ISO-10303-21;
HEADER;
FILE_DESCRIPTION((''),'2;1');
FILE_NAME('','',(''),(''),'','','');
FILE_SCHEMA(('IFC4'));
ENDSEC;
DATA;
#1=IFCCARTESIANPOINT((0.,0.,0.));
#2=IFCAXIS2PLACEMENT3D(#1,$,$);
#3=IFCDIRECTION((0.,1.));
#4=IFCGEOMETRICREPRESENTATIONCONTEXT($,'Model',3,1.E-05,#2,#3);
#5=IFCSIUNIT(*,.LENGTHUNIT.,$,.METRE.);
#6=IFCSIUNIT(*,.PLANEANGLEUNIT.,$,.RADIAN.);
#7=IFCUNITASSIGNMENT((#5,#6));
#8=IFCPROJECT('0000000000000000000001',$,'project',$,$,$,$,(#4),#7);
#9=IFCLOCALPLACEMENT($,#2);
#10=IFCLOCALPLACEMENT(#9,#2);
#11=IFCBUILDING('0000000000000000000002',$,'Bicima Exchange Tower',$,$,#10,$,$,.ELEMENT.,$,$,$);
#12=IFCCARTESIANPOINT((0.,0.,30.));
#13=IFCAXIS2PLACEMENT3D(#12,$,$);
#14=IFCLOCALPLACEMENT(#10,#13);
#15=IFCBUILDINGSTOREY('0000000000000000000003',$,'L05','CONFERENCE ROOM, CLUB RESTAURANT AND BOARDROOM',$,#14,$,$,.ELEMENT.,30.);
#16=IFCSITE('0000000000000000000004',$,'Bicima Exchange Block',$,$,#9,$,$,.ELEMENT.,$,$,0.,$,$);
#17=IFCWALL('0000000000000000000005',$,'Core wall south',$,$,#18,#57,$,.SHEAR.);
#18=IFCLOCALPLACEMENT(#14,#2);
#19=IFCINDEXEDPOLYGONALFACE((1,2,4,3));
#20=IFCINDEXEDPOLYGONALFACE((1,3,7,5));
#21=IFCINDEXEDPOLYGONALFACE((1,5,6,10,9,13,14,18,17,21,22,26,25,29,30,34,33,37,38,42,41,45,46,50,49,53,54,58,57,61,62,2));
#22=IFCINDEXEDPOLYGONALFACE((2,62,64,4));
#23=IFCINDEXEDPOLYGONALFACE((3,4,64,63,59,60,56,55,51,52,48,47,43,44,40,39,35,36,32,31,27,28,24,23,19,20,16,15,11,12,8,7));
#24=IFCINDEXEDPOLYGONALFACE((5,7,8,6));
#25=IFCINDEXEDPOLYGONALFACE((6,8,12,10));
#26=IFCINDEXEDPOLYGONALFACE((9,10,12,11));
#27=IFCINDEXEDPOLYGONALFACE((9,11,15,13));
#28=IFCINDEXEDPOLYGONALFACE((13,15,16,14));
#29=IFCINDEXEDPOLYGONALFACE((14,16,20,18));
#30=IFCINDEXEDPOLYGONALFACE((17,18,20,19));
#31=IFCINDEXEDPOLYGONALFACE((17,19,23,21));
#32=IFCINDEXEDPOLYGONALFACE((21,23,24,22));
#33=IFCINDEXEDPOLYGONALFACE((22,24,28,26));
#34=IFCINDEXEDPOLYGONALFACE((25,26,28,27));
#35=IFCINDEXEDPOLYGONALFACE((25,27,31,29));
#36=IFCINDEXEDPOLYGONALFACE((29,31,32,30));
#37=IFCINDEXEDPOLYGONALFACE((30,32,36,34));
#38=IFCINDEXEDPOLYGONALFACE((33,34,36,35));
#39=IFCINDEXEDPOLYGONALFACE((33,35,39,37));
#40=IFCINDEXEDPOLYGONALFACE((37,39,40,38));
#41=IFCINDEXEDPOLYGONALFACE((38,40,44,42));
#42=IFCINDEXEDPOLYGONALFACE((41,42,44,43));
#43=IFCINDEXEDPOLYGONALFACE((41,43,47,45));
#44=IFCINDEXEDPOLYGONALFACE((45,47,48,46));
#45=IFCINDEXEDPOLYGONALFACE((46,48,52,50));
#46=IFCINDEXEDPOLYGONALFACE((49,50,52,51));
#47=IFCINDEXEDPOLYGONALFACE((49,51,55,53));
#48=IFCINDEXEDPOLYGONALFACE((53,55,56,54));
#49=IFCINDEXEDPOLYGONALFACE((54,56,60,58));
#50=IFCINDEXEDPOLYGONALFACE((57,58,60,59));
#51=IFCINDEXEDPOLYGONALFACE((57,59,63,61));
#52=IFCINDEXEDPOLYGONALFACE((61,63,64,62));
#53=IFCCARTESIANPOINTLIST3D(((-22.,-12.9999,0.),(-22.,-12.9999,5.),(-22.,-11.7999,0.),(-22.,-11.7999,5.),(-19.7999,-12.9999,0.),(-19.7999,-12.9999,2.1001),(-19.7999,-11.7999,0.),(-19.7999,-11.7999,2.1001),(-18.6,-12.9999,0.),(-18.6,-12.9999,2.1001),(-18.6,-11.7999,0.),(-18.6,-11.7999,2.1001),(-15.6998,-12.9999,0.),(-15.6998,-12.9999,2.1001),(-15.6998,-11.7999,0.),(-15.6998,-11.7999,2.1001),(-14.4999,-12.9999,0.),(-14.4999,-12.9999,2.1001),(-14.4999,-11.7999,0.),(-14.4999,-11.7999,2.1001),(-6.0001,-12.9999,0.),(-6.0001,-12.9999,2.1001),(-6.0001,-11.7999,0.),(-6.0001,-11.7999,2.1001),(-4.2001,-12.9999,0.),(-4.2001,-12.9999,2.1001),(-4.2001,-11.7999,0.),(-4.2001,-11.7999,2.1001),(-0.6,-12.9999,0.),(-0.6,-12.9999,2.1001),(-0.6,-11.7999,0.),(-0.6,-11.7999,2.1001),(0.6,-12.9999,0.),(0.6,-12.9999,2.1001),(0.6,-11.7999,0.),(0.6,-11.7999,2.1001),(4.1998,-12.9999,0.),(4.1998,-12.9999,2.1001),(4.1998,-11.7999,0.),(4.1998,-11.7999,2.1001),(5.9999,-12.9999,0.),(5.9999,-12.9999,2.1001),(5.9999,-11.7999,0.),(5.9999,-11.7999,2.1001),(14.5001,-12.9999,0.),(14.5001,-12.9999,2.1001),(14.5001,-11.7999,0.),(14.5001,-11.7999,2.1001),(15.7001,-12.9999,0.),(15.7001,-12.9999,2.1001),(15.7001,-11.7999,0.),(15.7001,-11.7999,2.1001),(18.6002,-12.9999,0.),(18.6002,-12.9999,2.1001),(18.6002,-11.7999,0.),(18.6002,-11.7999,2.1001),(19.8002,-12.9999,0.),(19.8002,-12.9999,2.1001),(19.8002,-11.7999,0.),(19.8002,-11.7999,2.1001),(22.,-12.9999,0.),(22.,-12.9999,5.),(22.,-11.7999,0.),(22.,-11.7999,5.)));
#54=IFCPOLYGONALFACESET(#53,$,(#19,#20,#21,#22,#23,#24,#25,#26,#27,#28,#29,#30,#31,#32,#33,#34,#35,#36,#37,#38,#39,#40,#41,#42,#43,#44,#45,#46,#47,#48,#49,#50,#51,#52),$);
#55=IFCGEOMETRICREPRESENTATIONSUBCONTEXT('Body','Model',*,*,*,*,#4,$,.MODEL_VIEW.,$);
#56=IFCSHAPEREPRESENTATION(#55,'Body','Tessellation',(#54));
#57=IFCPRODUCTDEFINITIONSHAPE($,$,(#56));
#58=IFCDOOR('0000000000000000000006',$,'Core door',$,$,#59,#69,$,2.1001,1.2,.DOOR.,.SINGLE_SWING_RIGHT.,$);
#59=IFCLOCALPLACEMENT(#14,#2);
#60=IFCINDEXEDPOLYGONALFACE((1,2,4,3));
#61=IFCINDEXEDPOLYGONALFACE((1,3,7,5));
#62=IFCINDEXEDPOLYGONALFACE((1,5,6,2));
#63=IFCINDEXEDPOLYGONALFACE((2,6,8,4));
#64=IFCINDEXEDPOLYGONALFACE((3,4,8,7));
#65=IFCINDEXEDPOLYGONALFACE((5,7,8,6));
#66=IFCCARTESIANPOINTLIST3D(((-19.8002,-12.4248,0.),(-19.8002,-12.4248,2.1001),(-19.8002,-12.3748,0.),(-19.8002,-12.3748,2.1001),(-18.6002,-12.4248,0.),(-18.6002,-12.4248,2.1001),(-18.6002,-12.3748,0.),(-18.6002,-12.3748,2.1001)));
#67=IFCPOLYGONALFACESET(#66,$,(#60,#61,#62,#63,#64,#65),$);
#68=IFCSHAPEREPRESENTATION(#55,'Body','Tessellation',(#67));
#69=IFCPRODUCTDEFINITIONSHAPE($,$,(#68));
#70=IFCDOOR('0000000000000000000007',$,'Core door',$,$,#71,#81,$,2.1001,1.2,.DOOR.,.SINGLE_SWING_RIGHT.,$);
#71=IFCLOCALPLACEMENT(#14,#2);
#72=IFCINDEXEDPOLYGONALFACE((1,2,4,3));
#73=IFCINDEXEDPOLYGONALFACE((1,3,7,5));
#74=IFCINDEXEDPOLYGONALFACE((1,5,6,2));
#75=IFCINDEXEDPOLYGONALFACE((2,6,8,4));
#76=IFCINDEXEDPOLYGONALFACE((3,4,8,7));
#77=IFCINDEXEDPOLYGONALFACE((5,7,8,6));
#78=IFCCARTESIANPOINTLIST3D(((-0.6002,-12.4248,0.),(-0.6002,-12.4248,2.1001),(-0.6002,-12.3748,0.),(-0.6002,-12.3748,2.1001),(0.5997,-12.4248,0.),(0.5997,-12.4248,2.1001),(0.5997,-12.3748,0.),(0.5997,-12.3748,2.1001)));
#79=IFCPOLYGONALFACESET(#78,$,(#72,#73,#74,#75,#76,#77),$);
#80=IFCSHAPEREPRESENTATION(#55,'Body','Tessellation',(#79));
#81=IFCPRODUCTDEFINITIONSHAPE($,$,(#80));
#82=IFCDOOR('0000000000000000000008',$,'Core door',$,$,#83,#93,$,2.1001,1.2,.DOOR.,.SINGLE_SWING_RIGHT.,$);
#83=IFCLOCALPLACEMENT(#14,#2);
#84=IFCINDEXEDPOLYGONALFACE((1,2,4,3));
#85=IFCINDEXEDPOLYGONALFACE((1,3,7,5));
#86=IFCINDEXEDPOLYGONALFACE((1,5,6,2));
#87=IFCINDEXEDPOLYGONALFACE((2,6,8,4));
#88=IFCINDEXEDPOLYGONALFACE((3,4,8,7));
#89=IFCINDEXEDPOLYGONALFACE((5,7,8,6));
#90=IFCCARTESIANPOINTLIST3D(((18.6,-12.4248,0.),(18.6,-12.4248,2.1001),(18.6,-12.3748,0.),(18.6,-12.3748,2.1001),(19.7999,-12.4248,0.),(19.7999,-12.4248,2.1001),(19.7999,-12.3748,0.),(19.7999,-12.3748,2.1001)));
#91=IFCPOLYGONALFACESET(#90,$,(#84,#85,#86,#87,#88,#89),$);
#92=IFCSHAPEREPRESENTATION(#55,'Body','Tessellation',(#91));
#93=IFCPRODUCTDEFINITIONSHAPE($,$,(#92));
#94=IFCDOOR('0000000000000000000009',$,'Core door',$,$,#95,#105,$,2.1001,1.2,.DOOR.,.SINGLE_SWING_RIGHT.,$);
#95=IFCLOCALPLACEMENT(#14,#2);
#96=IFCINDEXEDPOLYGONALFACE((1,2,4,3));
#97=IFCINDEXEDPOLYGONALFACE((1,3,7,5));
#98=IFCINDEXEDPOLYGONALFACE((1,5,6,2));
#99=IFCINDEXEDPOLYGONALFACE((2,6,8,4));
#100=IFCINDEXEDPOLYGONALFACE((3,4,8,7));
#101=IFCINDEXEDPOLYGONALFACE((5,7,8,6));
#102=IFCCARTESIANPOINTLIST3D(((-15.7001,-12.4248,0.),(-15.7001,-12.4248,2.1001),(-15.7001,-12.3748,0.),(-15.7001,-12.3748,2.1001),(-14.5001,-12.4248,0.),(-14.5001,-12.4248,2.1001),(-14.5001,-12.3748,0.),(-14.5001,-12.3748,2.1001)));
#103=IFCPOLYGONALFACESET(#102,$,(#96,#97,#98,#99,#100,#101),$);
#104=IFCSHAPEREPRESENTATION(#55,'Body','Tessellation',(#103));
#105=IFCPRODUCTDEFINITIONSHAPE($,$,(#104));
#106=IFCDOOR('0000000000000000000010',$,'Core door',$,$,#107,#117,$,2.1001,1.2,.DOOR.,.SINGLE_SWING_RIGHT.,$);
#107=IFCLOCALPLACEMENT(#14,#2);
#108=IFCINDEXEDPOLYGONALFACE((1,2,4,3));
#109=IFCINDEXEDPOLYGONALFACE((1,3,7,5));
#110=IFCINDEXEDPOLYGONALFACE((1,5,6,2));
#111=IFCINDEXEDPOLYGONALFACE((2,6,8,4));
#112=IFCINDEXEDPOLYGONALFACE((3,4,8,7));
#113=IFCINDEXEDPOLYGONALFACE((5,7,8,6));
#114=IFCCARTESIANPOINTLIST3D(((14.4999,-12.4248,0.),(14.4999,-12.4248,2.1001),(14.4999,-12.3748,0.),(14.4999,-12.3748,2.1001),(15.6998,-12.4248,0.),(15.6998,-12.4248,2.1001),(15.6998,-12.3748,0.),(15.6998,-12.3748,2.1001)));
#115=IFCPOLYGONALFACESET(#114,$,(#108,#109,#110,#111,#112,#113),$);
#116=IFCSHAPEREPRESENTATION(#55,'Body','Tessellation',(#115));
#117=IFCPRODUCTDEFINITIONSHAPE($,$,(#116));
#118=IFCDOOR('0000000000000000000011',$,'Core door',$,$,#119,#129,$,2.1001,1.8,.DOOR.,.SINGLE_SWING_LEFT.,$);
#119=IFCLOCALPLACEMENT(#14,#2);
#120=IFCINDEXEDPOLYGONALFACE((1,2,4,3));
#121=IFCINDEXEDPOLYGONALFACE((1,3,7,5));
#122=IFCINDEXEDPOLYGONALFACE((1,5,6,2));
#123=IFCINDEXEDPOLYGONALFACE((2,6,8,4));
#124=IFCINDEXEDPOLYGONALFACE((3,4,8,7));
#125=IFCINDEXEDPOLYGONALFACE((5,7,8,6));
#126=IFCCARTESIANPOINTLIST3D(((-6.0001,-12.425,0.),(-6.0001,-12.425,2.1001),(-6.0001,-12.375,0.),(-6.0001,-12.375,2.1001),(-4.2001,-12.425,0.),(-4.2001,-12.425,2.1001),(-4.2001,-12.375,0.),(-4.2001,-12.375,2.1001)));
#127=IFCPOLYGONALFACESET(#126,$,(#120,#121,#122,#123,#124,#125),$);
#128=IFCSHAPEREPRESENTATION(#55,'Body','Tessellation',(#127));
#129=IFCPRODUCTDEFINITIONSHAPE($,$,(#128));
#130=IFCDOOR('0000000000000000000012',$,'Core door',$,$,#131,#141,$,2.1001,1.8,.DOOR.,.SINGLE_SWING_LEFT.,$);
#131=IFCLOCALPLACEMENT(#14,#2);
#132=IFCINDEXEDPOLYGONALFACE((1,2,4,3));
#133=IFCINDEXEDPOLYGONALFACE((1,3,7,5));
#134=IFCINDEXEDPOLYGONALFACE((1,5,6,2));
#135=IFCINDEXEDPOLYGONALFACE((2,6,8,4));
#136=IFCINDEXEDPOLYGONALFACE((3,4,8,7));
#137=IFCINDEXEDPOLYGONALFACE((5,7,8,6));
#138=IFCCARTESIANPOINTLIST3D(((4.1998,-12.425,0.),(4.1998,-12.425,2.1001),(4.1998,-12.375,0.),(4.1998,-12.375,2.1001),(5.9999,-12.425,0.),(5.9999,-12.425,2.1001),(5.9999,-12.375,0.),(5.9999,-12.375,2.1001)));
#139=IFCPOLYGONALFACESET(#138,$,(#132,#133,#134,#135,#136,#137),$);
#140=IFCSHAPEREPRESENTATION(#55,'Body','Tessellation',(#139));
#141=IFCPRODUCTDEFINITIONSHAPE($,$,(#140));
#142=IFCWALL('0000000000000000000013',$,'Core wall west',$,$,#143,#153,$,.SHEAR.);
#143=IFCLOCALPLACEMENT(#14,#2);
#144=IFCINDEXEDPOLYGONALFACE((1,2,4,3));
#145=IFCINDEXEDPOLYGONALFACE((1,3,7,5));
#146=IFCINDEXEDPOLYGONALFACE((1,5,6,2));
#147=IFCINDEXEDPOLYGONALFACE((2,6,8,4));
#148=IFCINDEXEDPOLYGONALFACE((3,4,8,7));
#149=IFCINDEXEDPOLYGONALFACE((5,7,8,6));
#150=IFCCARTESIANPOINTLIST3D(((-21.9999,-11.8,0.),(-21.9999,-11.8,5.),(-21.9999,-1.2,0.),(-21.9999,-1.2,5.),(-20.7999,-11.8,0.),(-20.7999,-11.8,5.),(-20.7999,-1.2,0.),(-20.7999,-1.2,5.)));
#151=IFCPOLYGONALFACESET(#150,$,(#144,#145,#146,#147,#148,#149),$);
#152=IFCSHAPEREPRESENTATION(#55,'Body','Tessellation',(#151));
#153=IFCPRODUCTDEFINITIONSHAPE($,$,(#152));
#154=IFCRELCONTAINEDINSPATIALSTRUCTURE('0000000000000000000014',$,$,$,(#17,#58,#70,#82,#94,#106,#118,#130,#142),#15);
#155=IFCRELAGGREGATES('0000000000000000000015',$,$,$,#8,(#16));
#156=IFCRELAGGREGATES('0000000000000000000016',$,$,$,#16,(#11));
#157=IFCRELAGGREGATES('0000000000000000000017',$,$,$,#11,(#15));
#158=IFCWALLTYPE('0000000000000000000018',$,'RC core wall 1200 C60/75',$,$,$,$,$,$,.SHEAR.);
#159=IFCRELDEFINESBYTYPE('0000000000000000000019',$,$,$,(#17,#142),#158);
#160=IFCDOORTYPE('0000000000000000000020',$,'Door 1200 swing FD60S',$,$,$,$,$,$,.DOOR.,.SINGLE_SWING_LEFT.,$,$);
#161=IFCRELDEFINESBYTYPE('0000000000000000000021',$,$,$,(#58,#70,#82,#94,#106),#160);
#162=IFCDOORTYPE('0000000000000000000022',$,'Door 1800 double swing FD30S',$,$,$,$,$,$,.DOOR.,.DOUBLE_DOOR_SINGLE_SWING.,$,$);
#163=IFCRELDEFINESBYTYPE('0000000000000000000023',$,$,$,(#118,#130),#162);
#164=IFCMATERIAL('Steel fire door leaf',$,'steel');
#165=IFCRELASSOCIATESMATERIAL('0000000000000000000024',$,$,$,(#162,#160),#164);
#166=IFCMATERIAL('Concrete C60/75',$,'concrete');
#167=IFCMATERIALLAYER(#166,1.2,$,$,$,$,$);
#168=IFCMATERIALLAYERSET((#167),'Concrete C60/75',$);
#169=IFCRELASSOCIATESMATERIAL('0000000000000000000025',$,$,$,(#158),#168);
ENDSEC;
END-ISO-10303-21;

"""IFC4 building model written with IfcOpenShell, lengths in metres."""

from ifc_helpers import new_model, si_unit, direction, frame, frame_2d, origin, place, context, subcontext, project, spatial, rectangle, extrude, material, layer, layer_set, type_object, element, fill, save


model = new_model("IFC4")

# Units and contexts
model_context = context("Model", 3, precision=1e-05, world=origin(), true_north=direction((0.0, 1.0)))
body_context = subcontext(model_context, "Body", "Model", "MODEL_VIEW")
ifc_project = project(units=[si_unit("LENGTHUNIT", "METRE"), si_unit("PLANEANGLEUNIT", "RADIAN")], contexts=[model_context])

# Site, building, storey
site_placement = place(None, origin())
site = spatial("IfcSite", under=ifc_project, at=site_placement, Name="Bicima Exchange Block", CompositionType="ELEMENT", RefElevation=0.0)
building_placement = place(site_placement, origin())
building = spatial("IfcBuilding", under=site, at=building_placement, Name="Bicima Exchange Tower", CompositionType="ELEMENT")
storey_placement = place(building_placement, frame((0.0, 0.0, 30.0)))
storey = spatial("IfcBuildingStorey", under=building, at=storey_placement, Name="L05", Description="CONFERENCE ROOM, CLUB RESTAURANT AND BOARDROOM", CompositionType="ELEMENT", Elevation=30.0)

# Shared definitions
ifc_material_1 = material(Name="Concrete C60/75", Category="concrete")

# Wall, openings, doors
ifc_material_2 = material(Name="Steel fire door leaf", Category="steel")
door_type_1 = type_object("IfcDoorType", Name="Door 1800 double swing FD30S", OperationType="DOUBLE_DOOR_SINGLE_SWING", PredefinedType="DOOR", material=ifc_material_2)
ifc_layer_1 = layer(ifc_material_1, 1.2)
ifc_layer_set_1 = layer_set([ifc_layer_1], Name="Concrete C60/75")
wall_type_1 = type_object("IfcWallType", Name="RC core wall 1200 C60/75", PredefinedType="SHEAR", material=ifc_layer_set_1)
wall_1_placement = place(storey_placement, frame((-22.0, -12.3999, 0.0), z_axis=(0.0, 0.0, 1.0), x_axis=(1.0, 0.0, 0.0)))
wall_1 = element("IfcWall", 1, at=wall_1_placement, inside=storey, type_object=wall_type_1, Name="Core wall south", PredefinedType="SHEAR", context=body_context, shape_type="SweptSolid", body=[
    extrude(rectangle(XDim=44.0, YDim=1.2, at=frame_2d((22.0, 0.0))), origin(), (0.0, 0.0, 1.0), 5.0),
])
opening_1_placement = place(wall_1_placement, frame((2.2, 0.0, 0.0)))
opening_1 = element("IfcOpeningElement", 2, at=opening_1_placement, cuts=wall_1, PredefinedType="OPENING", context=body_context, shape_type="SweptSolid", body=[
    extrude(rectangle(XDim=1.2, YDim=2.1001, at=frame_2d((0.6001, 1.05))), frame((0.0, 0.6118, 0.0), z_axis=(0.0, -1.0, 0.0), x_axis=(1.0, 0.0, 0.0)), (0.0, 0.0, 1.0), 1.2239),
])
opening_2_placement = place(wall_1_placement, frame((21.3999, 0.0, 0.0)))
opening_2 = element("IfcOpeningElement", 3, at=opening_2_placement, cuts=wall_1, PredefinedType="OPENING", context=body_context, shape_type="SweptSolid", body=[
    extrude(rectangle(XDim=1.2, YDim=2.1001, at=frame_2d((0.6001, 1.05))), frame((0.0, 0.6118, 0.0), z_axis=(0.0, -1.0, 0.0), x_axis=(1.0, 0.0, 0.0)), (0.0, 0.0, 1.0), 1.2239),
])
opening_3_placement = place(wall_1_placement, frame((40.6001, 0.0, 0.0)))
opening_3 = element("IfcOpeningElement", 4, at=opening_3_placement, cuts=wall_1, PredefinedType="OPENING", context=body_context, shape_type="SweptSolid", body=[
    extrude(rectangle(XDim=1.2, YDim=2.1001, at=frame_2d((0.6001, 1.05))), frame((0.0, 0.6118, 0.0), z_axis=(0.0, -1.0, 0.0), x_axis=(1.0, 0.0, 0.0)), (0.0, 0.0, 1.0), 1.2239),
])
opening_4_placement = place(wall_1_placement, frame((16.0, 0.0, 0.0)))
opening_4 = element("IfcOpeningElement", 5, at=opening_4_placement, cuts=wall_1, PredefinedType="OPENING", context=body_context, shape_type="SweptSolid", body=[
    extrude(rectangle(XDim=1.8, YDim=2.1001, at=frame_2d((0.8999, 1.05))), frame((0.0, 0.6118, 0.0), z_axis=(0.0, -1.0, 0.0), x_axis=(1.0, 0.0, 0.0)), (0.0, 0.0, 1.0), 1.2239),
])
opening_5_placement = place(wall_1_placement, frame((6.3, 0.0, 0.0)))
opening_5 = element("IfcOpeningElement", 6, at=opening_5_placement, cuts=wall_1, PredefinedType="OPENING", context=body_context, shape_type="SweptSolid", body=[
    extrude(rectangle(XDim=1.2, YDim=2.1001, at=frame_2d((0.6001, 1.05))), frame((0.0, 0.6118, 0.0), z_axis=(0.0, -1.0, 0.0), x_axis=(1.0, 0.0, 0.0)), (0.0, 0.0, 1.0), 1.2239),
])
opening_6_placement = place(wall_1_placement, frame((26.2, 0.0, 0.0)))
opening_6 = element("IfcOpeningElement", 7, at=opening_6_placement, cuts=wall_1, PredefinedType="OPENING", context=body_context, shape_type="SweptSolid", body=[
    extrude(rectangle(XDim=1.8, YDim=2.1001, at=frame_2d((0.8999, 1.05))), frame((0.0, 0.6118, 0.0), z_axis=(0.0, -1.0, 0.0), x_axis=(1.0, 0.0, 0.0)), (0.0, 0.0, 1.0), 1.2239),
])
opening_7_placement = place(wall_1_placement, frame((36.5, 0.0, 0.0)))
opening_7 = element("IfcOpeningElement", 8, at=opening_7_placement, cuts=wall_1, PredefinedType="OPENING", context=body_context, shape_type="SweptSolid", body=[
    extrude(rectangle(XDim=1.2, YDim=2.1001, at=frame_2d((0.6001, 1.05))), frame((0.0, 0.6118, 0.0), z_axis=(0.0, -1.0, 0.0), x_axis=(1.0, 0.0, 0.0)), (0.0, 0.0, 1.0), 1.2239),
])
door_type_2 = type_object("IfcDoorType", Name="Door 1200 swing FD60S", OperationType="SINGLE_SWING_LEFT", PredefinedType="DOOR", material=ifc_material_2)
door_1_placement = place(opening_1_placement, frame((1.2, 0.0, 0.0), z_axis=(0.0, 0.0, 1.0), x_axis=(-1.0, 0.0, 0.0)))
door_1 = element("IfcDoor", 9, at=door_1_placement, inside=storey, type_object=door_type_2, Name="Core door", OperationType="SINGLE_SWING_RIGHT", OverallHeight=2.1001, OverallWidth=1.2, PredefinedType="DOOR", context=body_context, shape_type="SweptSolid", body=[
    extrude(rectangle(XDim=1.2, YDim=2.1001, at=frame_2d((0.6001, 1.05))), frame((0.0, 0.0249, 0.0), z_axis=(0.0, -1.0, 0.0), x_axis=(1.0, 0.0, 0.0)), (0.0, 0.0, 1.0), 0.05),
])
fill(opening_1, door_1)
door_2_placement = place(opening_2_placement, frame((1.2, 0.0, 0.0), z_axis=(0.0, 0.0, 1.0), x_axis=(-1.0, 0.0, 0.0)))
door_2 = element("IfcDoor", 10, at=door_2_placement, inside=storey, type_object=door_type_2, Name="Core door", OperationType="SINGLE_SWING_RIGHT", OverallHeight=2.1001, OverallWidth=1.2, PredefinedType="DOOR", context=body_context, shape_type="SweptSolid", body=[
    extrude(rectangle(XDim=1.2, YDim=2.1001, at=frame_2d((0.6001, 1.05))), frame((0.0, 0.0249, 0.0), z_axis=(0.0, -1.0, 0.0), x_axis=(1.0, 0.0, 0.0)), (0.0, 0.0, 1.0), 0.05),
])
fill(opening_2, door_2)
door_3_placement = place(opening_3_placement, frame((1.2, 0.0, 0.0), z_axis=(0.0, 0.0, 1.0), x_axis=(-1.0, 0.0, 0.0)))
door_3 = element("IfcDoor", 11, at=door_3_placement, inside=storey, type_object=door_type_2, Name="Core door", OperationType="SINGLE_SWING_RIGHT", OverallHeight=2.1001, OverallWidth=1.2, PredefinedType="DOOR", context=body_context, shape_type="SweptSolid", body=[
    extrude(rectangle(XDim=1.2, YDim=2.1001, at=frame_2d((0.6001, 1.05))), frame((0.0, 0.0249, 0.0), z_axis=(0.0, -1.0, 0.0), x_axis=(1.0, 0.0, 0.0)), (0.0, 0.0, 1.0), 0.05),
])
fill(opening_3, door_3)
door_4_placement = place(opening_5_placement, frame((1.2, 0.0, 0.0), z_axis=(0.0, 0.0, 1.0), x_axis=(-1.0, 0.0, 0.0)))
door_4 = element("IfcDoor", 12, at=door_4_placement, inside=storey, type_object=door_type_2, Name="Core door", OperationType="SINGLE_SWING_RIGHT", OverallHeight=2.1001, OverallWidth=1.2, PredefinedType="DOOR", context=body_context, shape_type="SweptSolid", body=[
    extrude(rectangle(XDim=1.2, YDim=2.1001, at=frame_2d((0.6001, 1.05))), frame((0.0, 0.0249, 0.0), z_axis=(0.0, -1.0, 0.0), x_axis=(1.0, 0.0, 0.0)), (0.0, 0.0, 1.0), 0.05),
])
fill(opening_5, door_4)
door_5_placement = place(opening_7_placement, frame((1.2, 0.0, 0.0), z_axis=(0.0, 0.0, 1.0), x_axis=(-1.0, 0.0, 0.0)))
door_5 = element("IfcDoor", 13, at=door_5_placement, inside=storey, type_object=door_type_2, Name="Core door", OperationType="SINGLE_SWING_RIGHT", OverallHeight=2.1001, OverallWidth=1.2, PredefinedType="DOOR", context=body_context, shape_type="SweptSolid", body=[
    extrude(rectangle(XDim=1.2, YDim=2.1001, at=frame_2d((0.6001, 1.05))), frame((0.0, 0.0249, 0.0), z_axis=(0.0, -1.0, 0.0), x_axis=(1.0, 0.0, 0.0)), (0.0, 0.0, 1.0), 0.05),
])
fill(opening_7, door_5)
door_6_placement = place(opening_4_placement, origin())
door_6 = element("IfcDoor", 14, at=door_6_placement, inside=storey, type_object=door_type_1, Name="Core door", OperationType="SINGLE_SWING_LEFT", OverallHeight=2.1001, OverallWidth=1.8, PredefinedType="DOOR", context=body_context, shape_type="SweptSolid", body=[
    extrude(rectangle(XDim=1.8, YDim=2.1001, at=frame_2d((0.8999, 1.05))), frame((0.0, 0.0249, 0.0), z_axis=(0.0, -1.0, 0.0), x_axis=(1.0, 0.0, 0.0)), (0.0, 0.0, 1.0), 0.05),
])
fill(opening_4, door_6)
door_7_placement = place(opening_6_placement, origin())
door_7 = element("IfcDoor", 15, at=door_7_placement, inside=storey, type_object=door_type_1, Name="Core door", OperationType="SINGLE_SWING_LEFT", OverallHeight=2.1001, OverallWidth=1.8, PredefinedType="DOOR", context=body_context, shape_type="SweptSolid", body=[
    extrude(rectangle(XDim=1.8, YDim=2.1001, at=frame_2d((0.8999, 1.05))), frame((0.0, 0.0249, 0.0), z_axis=(0.0, -1.0, 0.0), x_axis=(1.0, 0.0, 0.0)), (0.0, 0.0, 1.0), 0.05),
])
fill(opening_6, door_7)

# Wall
wall_2_placement = place(storey_placement, frame((-21.3999, -11.8, 0.0), z_axis=(0.0, 0.0, 1.0), x_axis=(0.0, 1.0, 0.0)))
element("IfcWall", 16, at=wall_2_placement, inside=storey, type_object=wall_type_1, Name="Core wall west", PredefinedType="SHEAR", context=body_context, shape_type="SweptSolid", body=[
    extrude(rectangle(XDim=10.6001, YDim=1.2, at=frame_2d((5.3, 0.0))), origin(), (0.0, 0.0, 1.0), 5.0),
])

save(model, "model.ifc")
